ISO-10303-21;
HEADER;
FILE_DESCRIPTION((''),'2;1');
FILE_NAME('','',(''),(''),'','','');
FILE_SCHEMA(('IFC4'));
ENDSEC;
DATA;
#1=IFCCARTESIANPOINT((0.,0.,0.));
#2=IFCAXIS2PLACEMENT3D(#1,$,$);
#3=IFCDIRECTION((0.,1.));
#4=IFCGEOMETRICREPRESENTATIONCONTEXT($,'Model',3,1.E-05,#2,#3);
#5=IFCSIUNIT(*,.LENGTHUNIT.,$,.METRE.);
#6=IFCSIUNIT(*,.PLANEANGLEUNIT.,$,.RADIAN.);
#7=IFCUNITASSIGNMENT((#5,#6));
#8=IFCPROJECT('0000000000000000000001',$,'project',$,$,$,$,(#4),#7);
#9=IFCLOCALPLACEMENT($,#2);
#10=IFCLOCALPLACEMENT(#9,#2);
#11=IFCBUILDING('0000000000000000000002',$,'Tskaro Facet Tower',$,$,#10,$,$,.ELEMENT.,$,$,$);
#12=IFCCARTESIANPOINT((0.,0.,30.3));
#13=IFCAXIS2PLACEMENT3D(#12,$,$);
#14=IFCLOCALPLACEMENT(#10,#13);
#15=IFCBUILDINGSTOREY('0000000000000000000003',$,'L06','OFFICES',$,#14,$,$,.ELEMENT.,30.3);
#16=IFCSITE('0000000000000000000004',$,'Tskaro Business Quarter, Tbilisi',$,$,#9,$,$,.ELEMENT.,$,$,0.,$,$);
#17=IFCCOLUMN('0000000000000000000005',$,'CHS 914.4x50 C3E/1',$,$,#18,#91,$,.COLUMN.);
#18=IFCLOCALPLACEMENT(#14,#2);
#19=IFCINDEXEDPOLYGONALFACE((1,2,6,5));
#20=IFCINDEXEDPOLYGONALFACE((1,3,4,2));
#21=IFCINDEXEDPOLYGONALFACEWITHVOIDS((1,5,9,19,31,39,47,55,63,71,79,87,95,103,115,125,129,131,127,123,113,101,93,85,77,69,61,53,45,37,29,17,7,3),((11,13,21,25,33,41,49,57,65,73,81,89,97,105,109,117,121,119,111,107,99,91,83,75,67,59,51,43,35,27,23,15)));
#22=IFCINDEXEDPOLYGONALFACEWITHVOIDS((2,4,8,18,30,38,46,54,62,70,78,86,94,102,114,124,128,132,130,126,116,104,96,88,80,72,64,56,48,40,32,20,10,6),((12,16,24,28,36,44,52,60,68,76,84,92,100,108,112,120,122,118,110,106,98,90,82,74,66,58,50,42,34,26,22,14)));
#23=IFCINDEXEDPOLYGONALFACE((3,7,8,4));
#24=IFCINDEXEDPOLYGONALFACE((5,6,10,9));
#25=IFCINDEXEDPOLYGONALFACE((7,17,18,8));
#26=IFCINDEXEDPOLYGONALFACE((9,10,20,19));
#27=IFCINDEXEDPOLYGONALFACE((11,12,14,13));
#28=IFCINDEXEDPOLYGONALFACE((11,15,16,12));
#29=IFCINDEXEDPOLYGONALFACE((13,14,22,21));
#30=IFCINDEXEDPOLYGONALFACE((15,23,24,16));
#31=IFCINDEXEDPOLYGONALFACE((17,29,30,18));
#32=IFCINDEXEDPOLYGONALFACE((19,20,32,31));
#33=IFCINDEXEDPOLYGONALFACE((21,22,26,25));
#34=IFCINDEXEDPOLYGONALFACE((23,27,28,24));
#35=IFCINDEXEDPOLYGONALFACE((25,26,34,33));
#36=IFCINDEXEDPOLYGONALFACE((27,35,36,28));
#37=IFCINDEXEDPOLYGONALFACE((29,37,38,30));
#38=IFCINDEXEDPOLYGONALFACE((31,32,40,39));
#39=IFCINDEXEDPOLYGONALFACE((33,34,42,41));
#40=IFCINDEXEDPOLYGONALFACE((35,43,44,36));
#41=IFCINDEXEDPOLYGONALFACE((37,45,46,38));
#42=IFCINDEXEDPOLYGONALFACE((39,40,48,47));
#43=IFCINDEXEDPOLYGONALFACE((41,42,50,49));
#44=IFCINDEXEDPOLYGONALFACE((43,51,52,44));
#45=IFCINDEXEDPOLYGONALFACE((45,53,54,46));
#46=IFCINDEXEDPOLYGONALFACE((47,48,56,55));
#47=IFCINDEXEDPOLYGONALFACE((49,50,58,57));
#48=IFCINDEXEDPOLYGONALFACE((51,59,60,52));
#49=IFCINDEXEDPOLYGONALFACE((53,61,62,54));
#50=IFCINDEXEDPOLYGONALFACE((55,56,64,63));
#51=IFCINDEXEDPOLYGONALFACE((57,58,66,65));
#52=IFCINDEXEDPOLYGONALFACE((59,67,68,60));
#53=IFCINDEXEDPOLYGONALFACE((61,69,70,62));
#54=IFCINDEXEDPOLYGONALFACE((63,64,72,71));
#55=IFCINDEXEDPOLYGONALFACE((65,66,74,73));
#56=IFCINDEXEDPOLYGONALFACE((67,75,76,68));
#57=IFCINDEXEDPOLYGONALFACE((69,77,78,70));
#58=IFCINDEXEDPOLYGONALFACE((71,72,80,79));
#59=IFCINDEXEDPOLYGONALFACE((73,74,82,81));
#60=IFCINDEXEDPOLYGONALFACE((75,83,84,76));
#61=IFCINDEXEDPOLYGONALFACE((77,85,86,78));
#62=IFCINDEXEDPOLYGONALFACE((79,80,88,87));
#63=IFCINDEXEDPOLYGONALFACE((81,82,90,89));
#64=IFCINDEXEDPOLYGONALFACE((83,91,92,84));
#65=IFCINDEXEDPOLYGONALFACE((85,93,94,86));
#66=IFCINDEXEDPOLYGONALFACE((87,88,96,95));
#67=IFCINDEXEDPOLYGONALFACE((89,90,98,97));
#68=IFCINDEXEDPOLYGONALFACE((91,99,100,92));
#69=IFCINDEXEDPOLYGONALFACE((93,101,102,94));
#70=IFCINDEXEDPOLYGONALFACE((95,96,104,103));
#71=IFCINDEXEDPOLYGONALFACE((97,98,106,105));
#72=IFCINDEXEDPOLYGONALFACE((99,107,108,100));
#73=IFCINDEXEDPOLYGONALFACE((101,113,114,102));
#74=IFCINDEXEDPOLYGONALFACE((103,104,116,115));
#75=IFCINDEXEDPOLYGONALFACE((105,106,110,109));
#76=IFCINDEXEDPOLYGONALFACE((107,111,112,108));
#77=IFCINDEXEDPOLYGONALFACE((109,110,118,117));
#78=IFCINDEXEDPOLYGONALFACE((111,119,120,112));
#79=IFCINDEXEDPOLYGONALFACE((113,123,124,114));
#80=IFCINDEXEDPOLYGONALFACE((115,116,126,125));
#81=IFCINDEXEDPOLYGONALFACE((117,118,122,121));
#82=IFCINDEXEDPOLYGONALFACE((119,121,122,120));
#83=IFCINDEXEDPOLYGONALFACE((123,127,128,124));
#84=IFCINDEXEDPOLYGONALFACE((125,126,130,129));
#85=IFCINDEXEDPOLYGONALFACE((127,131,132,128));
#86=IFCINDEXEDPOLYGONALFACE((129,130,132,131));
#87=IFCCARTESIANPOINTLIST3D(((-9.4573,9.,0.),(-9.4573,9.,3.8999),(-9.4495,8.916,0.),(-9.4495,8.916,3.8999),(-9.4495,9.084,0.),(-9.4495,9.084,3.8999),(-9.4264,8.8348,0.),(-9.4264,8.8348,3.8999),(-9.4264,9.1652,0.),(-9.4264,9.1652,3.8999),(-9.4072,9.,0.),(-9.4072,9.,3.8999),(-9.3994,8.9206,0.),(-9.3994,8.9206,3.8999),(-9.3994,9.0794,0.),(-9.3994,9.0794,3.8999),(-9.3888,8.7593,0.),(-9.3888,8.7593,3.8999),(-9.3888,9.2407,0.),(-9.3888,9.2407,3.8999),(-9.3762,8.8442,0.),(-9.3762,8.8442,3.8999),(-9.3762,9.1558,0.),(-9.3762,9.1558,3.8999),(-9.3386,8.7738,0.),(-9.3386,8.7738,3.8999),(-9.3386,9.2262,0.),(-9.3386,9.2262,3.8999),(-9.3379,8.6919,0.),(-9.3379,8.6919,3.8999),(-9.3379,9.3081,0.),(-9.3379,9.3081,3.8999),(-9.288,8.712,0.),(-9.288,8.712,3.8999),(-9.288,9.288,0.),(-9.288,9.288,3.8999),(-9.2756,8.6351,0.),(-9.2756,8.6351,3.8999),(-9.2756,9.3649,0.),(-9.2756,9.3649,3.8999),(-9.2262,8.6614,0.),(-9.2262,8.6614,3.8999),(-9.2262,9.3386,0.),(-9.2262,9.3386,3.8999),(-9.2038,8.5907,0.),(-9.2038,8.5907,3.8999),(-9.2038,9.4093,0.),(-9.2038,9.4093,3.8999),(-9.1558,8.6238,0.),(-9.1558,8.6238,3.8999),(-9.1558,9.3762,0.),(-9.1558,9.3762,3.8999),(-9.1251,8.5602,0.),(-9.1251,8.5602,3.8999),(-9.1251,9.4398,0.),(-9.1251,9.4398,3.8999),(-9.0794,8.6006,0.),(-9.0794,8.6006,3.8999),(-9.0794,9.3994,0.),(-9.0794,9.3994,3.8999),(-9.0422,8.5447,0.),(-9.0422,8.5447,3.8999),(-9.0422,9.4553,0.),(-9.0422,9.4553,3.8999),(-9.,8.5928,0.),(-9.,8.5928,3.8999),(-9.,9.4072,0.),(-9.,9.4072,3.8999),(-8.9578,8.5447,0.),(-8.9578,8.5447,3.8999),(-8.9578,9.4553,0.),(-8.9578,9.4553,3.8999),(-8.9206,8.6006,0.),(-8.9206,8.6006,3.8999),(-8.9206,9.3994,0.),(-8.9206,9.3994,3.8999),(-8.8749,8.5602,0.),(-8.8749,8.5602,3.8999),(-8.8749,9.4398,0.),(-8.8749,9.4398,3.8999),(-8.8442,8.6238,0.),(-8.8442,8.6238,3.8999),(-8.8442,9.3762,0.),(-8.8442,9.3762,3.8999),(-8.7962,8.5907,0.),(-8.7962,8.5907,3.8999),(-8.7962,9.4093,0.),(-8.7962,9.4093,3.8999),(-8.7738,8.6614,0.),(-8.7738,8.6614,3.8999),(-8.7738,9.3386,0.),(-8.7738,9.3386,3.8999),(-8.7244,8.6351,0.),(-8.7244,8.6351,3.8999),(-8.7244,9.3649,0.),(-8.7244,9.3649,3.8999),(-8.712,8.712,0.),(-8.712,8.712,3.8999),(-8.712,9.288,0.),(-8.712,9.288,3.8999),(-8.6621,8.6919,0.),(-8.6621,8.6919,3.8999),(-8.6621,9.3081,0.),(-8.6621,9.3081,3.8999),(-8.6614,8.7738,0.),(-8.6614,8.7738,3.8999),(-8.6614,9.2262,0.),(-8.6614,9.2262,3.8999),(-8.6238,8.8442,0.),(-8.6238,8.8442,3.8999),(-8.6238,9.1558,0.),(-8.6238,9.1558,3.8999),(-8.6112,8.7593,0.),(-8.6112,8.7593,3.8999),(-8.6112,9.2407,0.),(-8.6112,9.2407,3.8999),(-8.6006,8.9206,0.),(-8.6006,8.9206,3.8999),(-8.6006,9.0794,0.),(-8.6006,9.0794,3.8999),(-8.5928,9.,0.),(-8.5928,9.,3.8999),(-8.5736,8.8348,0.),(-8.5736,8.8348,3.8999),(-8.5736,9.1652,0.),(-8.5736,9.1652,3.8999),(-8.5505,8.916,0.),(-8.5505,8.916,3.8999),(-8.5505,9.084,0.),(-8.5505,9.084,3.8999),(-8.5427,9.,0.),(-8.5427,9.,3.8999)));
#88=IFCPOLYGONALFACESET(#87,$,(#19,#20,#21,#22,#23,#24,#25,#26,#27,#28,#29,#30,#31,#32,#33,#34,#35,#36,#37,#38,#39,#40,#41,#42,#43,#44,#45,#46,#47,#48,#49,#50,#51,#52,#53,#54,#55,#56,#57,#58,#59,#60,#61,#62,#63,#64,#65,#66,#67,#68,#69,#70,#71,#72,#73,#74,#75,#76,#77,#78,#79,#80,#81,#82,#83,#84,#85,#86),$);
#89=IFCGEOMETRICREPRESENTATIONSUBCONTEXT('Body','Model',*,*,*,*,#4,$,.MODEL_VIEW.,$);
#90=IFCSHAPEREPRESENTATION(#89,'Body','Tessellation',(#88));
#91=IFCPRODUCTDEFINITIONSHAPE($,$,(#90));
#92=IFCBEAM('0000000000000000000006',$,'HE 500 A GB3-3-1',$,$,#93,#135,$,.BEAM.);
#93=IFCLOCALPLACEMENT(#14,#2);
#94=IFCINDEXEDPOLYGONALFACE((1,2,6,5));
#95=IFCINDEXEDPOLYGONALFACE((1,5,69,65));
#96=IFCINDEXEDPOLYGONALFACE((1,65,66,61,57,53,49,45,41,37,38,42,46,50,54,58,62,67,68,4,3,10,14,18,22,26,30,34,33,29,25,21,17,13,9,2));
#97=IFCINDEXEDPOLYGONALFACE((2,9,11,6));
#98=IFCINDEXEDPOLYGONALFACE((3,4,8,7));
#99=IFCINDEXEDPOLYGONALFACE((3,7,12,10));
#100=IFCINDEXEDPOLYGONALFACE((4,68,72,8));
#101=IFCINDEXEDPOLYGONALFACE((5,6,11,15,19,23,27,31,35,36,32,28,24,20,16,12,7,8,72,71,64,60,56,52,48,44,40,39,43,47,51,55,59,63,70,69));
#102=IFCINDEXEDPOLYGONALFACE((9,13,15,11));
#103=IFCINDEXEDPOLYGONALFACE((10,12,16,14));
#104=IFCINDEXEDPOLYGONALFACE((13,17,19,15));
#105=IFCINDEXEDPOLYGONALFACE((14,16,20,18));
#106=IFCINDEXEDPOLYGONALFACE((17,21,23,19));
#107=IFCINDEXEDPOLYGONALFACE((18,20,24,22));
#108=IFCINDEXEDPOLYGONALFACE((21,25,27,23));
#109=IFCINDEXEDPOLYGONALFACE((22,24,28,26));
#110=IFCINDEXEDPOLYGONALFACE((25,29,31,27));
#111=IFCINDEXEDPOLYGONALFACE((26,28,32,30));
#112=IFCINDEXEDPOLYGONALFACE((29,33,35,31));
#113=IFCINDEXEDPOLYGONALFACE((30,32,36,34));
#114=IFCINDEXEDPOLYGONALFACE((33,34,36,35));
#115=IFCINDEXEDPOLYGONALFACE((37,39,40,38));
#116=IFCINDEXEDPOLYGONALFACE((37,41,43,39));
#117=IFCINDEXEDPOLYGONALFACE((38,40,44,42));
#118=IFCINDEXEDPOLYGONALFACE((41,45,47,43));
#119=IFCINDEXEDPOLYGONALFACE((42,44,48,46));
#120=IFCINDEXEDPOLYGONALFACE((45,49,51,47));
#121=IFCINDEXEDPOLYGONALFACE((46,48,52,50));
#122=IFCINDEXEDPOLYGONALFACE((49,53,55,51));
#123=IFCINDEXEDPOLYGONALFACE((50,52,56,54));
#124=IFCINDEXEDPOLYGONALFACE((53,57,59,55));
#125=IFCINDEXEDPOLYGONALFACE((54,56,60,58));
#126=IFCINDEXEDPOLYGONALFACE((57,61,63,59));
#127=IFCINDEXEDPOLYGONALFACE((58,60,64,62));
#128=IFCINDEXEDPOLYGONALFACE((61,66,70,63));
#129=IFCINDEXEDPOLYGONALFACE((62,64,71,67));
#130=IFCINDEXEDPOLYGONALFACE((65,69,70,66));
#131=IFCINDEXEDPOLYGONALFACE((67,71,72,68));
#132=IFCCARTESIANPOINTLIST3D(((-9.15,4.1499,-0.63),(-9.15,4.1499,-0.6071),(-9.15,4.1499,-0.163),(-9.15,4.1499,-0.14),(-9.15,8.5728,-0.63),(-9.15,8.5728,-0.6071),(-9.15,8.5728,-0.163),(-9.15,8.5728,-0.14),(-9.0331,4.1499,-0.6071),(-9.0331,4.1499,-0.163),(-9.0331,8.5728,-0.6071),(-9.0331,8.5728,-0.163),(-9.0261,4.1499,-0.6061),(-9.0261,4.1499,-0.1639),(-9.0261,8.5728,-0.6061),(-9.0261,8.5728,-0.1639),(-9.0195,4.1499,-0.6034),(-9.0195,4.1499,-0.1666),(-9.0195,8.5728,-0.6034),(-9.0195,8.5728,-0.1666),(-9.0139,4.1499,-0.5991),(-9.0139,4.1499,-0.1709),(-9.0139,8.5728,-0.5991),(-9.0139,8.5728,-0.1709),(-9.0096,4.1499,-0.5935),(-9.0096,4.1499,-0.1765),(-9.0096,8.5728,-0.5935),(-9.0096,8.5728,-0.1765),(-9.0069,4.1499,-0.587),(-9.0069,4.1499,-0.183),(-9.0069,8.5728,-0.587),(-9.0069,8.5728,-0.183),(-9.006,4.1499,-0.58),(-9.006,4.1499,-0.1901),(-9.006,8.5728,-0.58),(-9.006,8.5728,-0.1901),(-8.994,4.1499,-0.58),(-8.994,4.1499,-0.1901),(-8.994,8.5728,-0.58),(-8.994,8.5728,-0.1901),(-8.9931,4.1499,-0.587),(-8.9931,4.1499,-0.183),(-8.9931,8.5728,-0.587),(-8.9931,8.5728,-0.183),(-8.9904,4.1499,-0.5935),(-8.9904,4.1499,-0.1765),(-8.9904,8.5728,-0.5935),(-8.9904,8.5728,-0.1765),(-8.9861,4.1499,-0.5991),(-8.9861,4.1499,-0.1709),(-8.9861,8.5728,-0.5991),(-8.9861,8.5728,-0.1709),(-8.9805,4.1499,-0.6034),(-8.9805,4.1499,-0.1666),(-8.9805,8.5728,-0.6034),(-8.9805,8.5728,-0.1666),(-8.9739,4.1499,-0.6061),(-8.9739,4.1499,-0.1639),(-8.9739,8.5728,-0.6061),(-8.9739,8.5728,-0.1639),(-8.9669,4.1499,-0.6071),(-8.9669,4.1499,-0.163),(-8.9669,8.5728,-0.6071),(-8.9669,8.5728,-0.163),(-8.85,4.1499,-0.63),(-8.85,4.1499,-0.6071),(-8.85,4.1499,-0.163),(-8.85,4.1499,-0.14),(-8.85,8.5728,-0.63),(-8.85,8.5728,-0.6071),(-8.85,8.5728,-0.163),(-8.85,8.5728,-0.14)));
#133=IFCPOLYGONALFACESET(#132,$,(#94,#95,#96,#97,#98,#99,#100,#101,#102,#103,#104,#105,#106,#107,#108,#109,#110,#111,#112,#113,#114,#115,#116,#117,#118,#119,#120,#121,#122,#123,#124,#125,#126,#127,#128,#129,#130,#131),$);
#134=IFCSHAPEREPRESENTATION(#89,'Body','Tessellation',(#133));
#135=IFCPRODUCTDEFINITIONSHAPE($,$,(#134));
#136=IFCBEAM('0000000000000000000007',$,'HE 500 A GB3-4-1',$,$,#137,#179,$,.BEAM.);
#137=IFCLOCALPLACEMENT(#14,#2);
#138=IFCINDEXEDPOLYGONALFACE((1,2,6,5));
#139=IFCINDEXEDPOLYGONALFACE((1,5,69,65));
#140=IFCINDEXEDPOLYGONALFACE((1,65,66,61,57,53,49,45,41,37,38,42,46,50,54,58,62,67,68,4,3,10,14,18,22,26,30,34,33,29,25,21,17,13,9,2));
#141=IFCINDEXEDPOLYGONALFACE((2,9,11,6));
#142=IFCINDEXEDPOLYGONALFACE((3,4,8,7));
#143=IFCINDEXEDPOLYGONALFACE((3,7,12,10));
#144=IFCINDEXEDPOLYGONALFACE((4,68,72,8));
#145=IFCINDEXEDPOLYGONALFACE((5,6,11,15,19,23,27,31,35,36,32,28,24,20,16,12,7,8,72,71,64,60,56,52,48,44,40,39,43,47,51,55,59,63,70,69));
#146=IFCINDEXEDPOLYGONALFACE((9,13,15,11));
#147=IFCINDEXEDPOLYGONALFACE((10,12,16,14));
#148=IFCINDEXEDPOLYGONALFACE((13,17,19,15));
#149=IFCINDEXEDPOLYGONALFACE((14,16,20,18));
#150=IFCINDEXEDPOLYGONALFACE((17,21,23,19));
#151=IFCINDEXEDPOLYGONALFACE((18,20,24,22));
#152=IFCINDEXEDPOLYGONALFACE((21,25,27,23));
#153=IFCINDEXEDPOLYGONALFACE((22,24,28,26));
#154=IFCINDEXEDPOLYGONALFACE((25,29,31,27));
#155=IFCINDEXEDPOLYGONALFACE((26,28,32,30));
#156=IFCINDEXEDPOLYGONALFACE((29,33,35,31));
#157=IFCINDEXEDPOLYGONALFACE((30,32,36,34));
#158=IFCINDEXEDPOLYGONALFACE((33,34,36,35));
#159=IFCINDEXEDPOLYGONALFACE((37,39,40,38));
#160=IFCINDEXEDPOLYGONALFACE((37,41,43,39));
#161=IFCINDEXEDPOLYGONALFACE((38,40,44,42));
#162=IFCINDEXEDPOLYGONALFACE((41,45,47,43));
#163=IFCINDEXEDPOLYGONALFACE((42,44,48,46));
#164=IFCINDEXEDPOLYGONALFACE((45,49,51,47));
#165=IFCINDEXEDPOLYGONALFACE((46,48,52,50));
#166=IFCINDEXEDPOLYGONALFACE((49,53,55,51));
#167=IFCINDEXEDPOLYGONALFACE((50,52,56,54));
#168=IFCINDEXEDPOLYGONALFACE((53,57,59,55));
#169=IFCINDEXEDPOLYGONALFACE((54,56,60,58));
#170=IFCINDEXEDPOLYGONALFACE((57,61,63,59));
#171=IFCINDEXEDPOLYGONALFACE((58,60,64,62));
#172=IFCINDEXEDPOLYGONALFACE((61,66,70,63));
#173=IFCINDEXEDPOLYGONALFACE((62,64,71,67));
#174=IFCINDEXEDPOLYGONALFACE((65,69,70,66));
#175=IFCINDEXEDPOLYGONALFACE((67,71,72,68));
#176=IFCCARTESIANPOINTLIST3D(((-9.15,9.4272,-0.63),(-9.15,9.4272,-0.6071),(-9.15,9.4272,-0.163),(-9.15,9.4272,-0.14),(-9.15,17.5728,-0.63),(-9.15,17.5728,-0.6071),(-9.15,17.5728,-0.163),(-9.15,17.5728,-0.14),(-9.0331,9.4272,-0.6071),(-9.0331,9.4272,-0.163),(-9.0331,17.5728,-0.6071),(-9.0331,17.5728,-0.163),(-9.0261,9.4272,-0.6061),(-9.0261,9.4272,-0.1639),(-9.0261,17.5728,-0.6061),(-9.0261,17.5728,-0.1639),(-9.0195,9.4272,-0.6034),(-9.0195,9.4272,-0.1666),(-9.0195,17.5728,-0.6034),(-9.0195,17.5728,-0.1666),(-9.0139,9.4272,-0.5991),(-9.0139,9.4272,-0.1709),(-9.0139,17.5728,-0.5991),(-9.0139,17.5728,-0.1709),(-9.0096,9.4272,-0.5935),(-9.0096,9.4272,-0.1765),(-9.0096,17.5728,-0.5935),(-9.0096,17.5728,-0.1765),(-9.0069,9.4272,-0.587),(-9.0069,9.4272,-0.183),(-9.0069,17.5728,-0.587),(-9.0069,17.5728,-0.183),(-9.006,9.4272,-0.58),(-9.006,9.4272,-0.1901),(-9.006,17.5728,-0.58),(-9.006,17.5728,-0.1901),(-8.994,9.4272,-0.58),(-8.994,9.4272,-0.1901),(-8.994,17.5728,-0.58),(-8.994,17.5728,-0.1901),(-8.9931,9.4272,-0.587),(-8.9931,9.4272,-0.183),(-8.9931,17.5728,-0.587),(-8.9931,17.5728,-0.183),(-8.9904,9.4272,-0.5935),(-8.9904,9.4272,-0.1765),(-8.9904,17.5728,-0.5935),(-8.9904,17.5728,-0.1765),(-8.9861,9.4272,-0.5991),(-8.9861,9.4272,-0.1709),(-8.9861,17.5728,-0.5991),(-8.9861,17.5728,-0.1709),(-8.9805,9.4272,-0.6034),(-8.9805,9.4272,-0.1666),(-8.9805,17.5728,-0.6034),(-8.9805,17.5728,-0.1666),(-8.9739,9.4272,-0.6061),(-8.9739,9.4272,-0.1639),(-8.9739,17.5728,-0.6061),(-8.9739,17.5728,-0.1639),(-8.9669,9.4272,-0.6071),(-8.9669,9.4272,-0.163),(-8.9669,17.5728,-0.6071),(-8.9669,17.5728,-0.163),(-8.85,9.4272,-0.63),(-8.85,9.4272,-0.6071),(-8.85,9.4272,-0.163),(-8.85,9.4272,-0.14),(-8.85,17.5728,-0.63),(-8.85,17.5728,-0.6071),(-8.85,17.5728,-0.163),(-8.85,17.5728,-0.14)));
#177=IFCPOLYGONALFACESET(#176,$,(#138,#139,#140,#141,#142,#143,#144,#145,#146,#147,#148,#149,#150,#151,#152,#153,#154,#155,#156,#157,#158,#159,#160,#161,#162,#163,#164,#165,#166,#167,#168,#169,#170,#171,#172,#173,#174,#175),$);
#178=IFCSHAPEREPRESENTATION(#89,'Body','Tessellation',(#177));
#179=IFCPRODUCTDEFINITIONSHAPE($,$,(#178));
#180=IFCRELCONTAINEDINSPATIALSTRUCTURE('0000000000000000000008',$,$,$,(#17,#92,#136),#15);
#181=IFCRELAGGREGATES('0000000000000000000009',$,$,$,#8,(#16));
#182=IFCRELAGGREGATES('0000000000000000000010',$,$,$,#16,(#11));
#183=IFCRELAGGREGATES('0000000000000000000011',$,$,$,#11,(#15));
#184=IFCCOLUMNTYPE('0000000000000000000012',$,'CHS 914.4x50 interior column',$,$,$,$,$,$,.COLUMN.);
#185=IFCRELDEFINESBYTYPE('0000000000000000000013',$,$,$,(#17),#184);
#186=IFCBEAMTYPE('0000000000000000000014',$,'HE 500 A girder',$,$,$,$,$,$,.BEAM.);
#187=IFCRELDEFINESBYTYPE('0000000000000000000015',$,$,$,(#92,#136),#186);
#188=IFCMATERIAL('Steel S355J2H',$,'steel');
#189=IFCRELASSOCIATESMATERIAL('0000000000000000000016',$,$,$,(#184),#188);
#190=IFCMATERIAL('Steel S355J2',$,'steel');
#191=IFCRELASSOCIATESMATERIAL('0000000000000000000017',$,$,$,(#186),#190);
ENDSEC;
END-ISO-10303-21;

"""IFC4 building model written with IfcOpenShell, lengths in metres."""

from ifc_helpers import new_model, si_unit, direction, frame, origin, origin_2d, place, context, subcontext, project, spatial, hollow_circle, i_section, extrude, material, material_profile, profile_set, type_object, element, save


model = new_model("IFC4")

# Units and contexts
model_context = context("Model", 3, precision=1e-05, world=origin(), true_north=direction((0.0, 1.0)))
body_context = subcontext(model_context, "Body", "Model", "MODEL_VIEW")
ifc_project = project(units=[si_unit("LENGTHUNIT", "METRE"), si_unit("PLANEANGLEUNIT", "RADIAN")], contexts=[model_context])

# Site, building, storey
site_placement = place(None, origin())
site = spatial("IfcSite", under=ifc_project, at=site_placement, Name="Tskaro Business Quarter, Tbilisi", CompositionType="ELEMENT", RefElevation=0.0)
building_placement = place(site_placement, origin())
building = spatial("IfcBuilding", under=site, at=building_placement, Name="Tskaro Facet Tower", CompositionType="ELEMENT")
storey_placement = place(building_placement, frame((0.0, 0.0, 30.3)))
storey = spatial("IfcBuildingStorey", under=building, at=storey_placement, Name="L06", Description="OFFICES", CompositionType="ELEMENT", Elevation=30.3)

# Column
ifc_material_1 = material(Name="Steel S355J2H", Category="steel")
ifc_material_profile_1 = material_profile(ifc_material_1, hollow_circle(Radius=0.4573, WallThickness=0.05, at=origin_2d()), Name="CHS 914.4x50")
ifc_profile_set_1 = profile_set([ifc_material_profile_1], Name="Steel S355J2H")
column_type = type_object("IfcColumnType", Name="CHS 914.4x50 interior column", PredefinedType="COLUMN", material=ifc_profile_set_1)
column_placement = place(storey_placement, frame((-9.0, 9.0, 0.0), z_axis=(0.0, 0.0, 1.0), x_axis=(1.0, 0.0, 0.0)))
element("IfcColumn", 1, at=column_placement, inside=storey, type_object=column_type, Name="CHS 914.4x50 C3E/1", PredefinedType="COLUMN", context=body_context, shape_type="SweptSolid", body=[
    extrude(hollow_circle(Radius=0.4573, WallThickness=0.05, at=origin_2d()), origin(), (0.0, 0.0, 1.0), 3.8999),
])

# Beams
ifc_material_2 = material(Name="Steel S355J2", Category="steel")
ifc_material_profile_2 = material_profile(ifc_material_2, i_section(OverallWidth=0.3, OverallDepth=0.49, WebThickness=0.012, FlangeThickness=0.0229, FilletRadius=0.0271, at=origin_2d()), Name="HE 500 A")
ifc_profile_set_2 = profile_set([ifc_material_profile_2], Name="Steel S355J2")
beam_type_1 = type_object("IfcBeamType", Name="HE 500 A girder", PredefinedType="BEAM", material=ifc_profile_set_2)
beam_1_placement = place(storey_placement, frame((-9.0, 4.1499, -0.385), z_axis=(0.0, 1.0, 0.0), x_axis=(-1.0, 0.0, 0.0)))
element("IfcBeam", 2, at=beam_1_placement, inside=storey, type_object=beam_type_1, Name="HE 500 A GB3-3-1", PredefinedType="BEAM", context=body_context, shape_type="SweptSolid", body=[
    extrude(i_section(OverallWidth=0.3, OverallDepth=0.49, WebThickness=0.012, FlangeThickness=0.0229, FilletRadius=0.0271, at=origin_2d()), origin(), (0.0, 0.0, 1.0), 4.4229),
])
beam_2_placement = place(storey_placement, frame((-9.0, 9.4272, -0.385), z_axis=(0.0, 1.0, 0.0), x_axis=(-1.0, 0.0, 0.0)))
element("IfcBeam", 3, at=beam_2_placement, inside=storey, type_object=beam_type_1, Name="HE 500 A GB3-4-1", PredefinedType="BEAM", context=body_context, shape_type="SweptSolid", body=[
    extrude(i_section(OverallWidth=0.3, OverallDepth=0.49, WebThickness=0.012, FlangeThickness=0.0229, FilletRadius=0.0271, at=origin_2d()), origin(), (0.0, 0.0, 1.0), 8.1455),
])

save(model, "model.ifc")
